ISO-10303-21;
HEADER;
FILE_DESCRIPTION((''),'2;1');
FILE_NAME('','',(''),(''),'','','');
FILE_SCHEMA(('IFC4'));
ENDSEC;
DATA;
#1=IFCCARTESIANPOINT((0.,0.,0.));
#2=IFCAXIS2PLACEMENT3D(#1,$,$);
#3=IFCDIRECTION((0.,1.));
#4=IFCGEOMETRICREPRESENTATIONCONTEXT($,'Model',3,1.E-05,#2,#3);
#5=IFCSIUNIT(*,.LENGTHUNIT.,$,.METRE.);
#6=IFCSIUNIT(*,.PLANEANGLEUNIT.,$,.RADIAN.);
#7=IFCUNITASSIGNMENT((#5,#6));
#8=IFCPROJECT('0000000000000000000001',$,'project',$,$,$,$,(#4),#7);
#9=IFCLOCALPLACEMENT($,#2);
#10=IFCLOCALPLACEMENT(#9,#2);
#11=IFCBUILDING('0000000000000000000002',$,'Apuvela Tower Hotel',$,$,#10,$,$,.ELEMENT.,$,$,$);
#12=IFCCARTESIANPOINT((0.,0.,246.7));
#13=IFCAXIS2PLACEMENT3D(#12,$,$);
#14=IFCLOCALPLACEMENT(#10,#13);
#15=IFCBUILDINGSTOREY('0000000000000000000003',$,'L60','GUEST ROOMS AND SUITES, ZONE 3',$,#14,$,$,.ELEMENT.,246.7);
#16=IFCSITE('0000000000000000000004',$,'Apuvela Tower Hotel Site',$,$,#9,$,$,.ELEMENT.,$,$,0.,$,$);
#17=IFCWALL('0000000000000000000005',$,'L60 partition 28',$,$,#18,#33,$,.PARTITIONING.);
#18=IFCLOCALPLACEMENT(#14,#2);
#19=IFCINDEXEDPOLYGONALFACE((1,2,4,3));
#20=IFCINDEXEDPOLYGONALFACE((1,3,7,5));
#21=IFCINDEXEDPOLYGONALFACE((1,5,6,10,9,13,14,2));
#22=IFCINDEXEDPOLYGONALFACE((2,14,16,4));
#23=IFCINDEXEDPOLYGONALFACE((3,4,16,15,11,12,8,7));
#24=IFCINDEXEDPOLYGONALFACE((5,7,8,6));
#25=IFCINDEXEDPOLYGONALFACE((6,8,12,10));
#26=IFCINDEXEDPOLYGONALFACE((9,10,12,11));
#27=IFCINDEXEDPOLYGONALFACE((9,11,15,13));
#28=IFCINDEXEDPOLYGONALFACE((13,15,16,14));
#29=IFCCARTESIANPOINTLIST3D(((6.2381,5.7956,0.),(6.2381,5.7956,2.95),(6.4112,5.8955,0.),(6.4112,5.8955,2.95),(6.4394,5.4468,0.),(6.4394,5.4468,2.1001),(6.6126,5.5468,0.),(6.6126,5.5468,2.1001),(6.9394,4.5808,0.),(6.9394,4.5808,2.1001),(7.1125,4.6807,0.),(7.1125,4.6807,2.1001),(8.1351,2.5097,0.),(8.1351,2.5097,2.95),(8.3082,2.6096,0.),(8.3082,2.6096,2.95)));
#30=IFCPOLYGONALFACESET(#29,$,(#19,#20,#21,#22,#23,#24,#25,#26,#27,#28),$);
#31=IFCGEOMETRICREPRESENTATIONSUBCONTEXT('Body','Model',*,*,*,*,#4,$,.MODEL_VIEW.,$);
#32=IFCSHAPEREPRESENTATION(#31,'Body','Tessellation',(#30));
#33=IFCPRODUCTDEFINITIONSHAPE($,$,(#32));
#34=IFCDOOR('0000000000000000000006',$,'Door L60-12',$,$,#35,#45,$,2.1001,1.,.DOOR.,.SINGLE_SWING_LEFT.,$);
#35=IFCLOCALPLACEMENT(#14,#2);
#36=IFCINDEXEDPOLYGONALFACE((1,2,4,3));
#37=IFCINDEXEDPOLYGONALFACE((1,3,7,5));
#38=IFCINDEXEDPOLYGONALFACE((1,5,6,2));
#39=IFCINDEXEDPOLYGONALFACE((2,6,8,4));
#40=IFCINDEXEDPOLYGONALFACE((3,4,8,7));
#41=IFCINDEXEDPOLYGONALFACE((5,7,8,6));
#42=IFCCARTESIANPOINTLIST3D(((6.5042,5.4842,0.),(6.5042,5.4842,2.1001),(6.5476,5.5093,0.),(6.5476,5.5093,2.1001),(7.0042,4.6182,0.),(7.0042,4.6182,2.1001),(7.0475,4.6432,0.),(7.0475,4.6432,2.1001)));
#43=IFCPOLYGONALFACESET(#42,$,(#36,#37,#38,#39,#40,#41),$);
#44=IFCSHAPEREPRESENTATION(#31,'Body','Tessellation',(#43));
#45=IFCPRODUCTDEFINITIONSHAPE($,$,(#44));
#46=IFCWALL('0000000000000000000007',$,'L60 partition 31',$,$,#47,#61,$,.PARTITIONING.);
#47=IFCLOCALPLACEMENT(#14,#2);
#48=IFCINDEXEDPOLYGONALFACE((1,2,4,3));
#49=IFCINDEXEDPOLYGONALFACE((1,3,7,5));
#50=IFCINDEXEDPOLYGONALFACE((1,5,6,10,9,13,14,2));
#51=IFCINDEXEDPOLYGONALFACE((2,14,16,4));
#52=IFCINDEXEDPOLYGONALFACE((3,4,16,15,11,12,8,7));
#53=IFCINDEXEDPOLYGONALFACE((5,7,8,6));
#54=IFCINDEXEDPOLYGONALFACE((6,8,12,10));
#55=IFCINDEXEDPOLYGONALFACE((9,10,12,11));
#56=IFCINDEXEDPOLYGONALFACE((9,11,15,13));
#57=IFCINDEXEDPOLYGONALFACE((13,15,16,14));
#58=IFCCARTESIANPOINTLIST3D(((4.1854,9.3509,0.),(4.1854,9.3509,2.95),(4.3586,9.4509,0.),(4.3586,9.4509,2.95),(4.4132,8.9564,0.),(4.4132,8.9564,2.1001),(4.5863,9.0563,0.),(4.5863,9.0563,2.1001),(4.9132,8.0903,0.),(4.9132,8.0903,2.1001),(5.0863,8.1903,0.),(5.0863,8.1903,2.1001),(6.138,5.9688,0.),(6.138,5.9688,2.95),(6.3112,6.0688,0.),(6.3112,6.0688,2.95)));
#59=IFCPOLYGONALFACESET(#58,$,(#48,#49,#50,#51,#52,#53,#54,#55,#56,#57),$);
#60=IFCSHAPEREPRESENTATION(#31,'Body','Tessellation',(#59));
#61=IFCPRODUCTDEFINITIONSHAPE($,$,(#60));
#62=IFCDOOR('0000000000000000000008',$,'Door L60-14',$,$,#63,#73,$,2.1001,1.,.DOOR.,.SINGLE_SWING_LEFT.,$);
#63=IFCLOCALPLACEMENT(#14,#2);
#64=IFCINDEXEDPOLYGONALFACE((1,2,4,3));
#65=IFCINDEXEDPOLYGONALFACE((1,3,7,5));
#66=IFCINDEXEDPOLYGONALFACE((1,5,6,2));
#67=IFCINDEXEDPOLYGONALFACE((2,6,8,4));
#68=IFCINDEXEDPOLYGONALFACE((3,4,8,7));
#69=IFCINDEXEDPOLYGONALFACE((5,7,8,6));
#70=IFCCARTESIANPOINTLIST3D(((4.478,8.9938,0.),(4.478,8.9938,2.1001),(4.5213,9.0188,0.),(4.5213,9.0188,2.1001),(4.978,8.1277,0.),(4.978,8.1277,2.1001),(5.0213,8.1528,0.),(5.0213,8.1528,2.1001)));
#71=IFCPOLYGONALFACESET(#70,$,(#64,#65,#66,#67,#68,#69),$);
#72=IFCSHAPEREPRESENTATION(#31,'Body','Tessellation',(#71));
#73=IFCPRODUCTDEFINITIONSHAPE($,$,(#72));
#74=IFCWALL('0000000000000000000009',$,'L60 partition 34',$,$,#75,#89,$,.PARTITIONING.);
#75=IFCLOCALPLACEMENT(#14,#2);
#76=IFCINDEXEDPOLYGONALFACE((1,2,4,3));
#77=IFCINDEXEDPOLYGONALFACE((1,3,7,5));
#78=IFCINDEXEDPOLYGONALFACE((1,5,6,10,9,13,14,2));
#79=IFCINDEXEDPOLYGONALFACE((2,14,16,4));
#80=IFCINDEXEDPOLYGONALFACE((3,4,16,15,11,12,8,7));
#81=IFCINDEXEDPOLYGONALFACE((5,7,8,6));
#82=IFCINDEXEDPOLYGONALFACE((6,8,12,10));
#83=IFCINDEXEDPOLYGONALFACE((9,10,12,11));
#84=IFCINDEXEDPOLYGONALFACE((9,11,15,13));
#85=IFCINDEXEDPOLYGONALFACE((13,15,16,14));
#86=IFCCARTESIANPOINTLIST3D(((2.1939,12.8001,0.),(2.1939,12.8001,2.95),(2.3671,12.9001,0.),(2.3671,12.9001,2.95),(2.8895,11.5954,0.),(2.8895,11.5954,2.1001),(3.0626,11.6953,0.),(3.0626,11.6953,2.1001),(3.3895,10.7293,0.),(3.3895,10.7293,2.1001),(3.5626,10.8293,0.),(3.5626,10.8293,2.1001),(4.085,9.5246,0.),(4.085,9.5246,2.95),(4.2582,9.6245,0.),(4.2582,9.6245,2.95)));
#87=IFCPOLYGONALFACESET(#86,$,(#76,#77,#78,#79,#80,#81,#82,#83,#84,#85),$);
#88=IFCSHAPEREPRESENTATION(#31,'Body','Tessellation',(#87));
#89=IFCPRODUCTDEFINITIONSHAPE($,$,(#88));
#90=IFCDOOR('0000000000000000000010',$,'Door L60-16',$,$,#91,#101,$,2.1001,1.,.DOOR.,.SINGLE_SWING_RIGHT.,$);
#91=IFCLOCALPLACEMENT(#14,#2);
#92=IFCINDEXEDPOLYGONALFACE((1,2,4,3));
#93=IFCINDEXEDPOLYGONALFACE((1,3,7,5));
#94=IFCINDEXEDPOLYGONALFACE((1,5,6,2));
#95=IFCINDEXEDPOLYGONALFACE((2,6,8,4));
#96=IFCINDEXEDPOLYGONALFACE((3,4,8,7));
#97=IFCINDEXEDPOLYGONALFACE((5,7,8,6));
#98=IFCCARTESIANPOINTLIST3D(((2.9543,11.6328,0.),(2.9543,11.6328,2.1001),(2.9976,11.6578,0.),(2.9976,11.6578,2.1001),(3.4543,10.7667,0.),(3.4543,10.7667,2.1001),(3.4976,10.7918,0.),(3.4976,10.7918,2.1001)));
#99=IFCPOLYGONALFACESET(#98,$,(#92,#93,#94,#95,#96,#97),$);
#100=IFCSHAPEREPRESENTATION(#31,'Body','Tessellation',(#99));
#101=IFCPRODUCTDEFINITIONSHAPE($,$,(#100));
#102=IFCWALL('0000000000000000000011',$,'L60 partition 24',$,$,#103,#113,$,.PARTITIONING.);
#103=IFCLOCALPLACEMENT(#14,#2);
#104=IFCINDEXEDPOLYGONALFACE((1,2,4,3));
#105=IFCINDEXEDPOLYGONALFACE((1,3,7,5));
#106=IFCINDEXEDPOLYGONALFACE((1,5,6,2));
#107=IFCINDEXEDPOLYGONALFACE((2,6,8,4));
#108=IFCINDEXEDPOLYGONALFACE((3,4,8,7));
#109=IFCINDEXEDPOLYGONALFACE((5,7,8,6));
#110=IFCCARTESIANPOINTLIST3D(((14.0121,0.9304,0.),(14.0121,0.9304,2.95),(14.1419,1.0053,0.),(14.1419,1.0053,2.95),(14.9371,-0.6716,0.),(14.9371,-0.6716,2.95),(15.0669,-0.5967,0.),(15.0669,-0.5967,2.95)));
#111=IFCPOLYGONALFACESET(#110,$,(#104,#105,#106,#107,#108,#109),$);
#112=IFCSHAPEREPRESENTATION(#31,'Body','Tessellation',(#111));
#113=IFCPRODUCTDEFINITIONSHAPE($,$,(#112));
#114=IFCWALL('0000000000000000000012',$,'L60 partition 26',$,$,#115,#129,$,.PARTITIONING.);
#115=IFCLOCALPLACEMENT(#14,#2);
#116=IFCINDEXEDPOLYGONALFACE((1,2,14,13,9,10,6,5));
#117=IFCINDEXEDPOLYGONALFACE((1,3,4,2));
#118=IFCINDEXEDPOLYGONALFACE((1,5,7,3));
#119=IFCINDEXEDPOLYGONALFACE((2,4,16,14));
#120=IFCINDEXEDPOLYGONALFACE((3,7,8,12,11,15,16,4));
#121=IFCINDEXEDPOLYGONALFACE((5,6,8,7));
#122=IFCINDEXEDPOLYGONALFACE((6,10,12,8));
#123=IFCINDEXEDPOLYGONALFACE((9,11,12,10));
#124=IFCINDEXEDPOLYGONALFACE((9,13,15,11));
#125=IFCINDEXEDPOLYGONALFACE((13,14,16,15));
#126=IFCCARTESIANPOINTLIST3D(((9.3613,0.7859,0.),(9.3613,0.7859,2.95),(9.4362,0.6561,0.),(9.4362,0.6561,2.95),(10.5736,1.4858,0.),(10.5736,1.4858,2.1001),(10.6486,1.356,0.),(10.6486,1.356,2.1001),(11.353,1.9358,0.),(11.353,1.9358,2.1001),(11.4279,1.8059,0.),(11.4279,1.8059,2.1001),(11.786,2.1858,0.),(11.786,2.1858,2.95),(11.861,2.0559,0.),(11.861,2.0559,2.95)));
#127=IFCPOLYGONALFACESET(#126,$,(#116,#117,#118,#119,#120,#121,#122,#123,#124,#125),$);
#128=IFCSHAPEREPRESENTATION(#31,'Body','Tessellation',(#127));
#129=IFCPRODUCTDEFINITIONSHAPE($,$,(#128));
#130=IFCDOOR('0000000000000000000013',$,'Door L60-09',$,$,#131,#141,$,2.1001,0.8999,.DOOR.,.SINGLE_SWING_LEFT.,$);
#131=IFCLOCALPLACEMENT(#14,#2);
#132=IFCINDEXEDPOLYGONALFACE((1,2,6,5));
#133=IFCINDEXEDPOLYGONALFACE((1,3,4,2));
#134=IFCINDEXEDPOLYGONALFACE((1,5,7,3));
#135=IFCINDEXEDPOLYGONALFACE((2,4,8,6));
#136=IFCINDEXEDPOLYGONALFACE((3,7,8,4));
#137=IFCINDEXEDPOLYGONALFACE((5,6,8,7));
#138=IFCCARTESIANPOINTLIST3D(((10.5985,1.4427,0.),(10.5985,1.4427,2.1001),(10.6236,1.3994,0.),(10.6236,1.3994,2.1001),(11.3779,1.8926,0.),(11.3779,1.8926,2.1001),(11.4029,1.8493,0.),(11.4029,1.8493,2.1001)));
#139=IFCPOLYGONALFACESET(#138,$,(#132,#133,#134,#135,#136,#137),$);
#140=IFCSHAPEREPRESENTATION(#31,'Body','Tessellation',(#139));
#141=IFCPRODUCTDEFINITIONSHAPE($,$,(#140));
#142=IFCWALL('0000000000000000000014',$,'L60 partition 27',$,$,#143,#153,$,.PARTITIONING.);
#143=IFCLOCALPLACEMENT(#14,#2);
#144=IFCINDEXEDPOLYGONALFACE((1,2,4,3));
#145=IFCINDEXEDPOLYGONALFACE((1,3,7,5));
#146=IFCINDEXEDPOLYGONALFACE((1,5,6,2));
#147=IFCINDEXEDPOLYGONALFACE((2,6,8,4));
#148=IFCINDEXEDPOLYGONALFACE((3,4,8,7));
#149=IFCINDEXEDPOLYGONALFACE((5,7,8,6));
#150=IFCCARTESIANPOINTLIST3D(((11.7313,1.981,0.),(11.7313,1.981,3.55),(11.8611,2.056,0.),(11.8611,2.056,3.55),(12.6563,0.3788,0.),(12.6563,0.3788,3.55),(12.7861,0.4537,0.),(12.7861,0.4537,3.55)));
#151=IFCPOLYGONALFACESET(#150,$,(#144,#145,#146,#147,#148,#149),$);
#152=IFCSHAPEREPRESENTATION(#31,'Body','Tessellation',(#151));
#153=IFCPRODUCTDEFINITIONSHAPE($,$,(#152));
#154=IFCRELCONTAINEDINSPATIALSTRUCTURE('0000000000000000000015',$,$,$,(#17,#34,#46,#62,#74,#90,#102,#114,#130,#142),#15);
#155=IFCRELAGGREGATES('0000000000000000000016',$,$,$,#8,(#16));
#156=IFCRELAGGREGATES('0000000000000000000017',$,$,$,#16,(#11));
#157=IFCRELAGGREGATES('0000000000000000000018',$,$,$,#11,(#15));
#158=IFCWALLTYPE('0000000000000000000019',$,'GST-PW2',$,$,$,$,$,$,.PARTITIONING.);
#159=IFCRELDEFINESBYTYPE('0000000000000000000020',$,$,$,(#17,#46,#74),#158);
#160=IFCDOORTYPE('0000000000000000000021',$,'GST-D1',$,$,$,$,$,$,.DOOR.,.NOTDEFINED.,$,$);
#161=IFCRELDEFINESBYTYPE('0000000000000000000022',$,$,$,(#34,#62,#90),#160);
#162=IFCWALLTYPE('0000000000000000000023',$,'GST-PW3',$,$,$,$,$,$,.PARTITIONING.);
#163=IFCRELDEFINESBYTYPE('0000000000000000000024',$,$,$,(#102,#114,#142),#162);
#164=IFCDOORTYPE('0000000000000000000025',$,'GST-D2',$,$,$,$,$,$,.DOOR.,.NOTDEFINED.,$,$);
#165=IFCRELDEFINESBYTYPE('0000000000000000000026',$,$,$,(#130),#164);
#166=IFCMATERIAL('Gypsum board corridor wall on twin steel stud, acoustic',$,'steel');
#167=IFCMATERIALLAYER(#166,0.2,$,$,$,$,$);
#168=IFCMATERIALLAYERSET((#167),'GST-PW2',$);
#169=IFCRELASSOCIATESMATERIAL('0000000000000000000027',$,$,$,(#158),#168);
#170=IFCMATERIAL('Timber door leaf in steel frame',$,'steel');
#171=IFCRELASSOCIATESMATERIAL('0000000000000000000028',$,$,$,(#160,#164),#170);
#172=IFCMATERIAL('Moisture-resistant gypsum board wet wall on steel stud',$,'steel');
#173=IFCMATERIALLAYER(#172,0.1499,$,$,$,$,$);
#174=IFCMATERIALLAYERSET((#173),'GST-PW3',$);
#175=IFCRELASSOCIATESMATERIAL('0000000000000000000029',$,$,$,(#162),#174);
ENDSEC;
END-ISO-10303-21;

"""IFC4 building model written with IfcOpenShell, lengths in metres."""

from ifc_helpers import new_model, si_unit, direction, frame, frame_2d, origin, place, context, subcontext, project, spatial, rectangle, extrude, material, layer, layer_set, type_object, element, fill, save


model = new_model("IFC4")

# Units and contexts
model_context = context("Model", 3, precision=1e-05, world=origin(), true_north=direction((0.0, 1.0)))
body_context = subcontext(model_context, "Body", "Model", "MODEL_VIEW")
ifc_project = project(units=[si_unit("LENGTHUNIT", "METRE"), si_unit("PLANEANGLEUNIT", "RADIAN")], contexts=[model_context])

# Site, building, storey
site_placement = place(None, origin())
site = spatial("IfcSite", under=ifc_project, at=site_placement, Name="Apuvela Tower Hotel Site", CompositionType="ELEMENT", RefElevation=0.0)
building_placement = place(site_placement, origin())
building = spatial("IfcBuilding", under=site, at=building_placement, Name="Apuvela Tower Hotel", CompositionType="ELEMENT")
storey_placement = place(building_placement, frame((0.0, 0.0, 246.7)))
storey = spatial("IfcBuildingStorey", under=building, at=storey_placement, Name="L60", Description="GUEST ROOMS AND SUITES, ZONE 3", CompositionType="ELEMENT", Elevation=246.7)

# Walls, openings, doors
ifc_material_1 = material(Name="Gypsum board corridor wall on twin steel stud, acoustic", Category="steel")
ifc_layer_1 = layer(ifc_material_1, 0.2)
ifc_layer_set_1 = layer_set([ifc_layer_1], Name="GST-PW2")
wall_type_1 = type_object("IfcWallType", Name="GST-PW2", PredefinedType="PARTITIONING", material=ifc_layer_set_1)
ifc_material_2 = material(Name="Timber door leaf in steel frame", Category="steel")
door_type_1 = type_object("IfcDoorType", Name="GST-D1", OperationType="NOTDEFINED", PredefinedType="DOOR", material=ifc_material_2)
wall_1_placement = place(storey_placement, frame((6.3247, 5.8455, 0.0), z_axis=(0.0, 0.0, 1.0), x_axis=(0.499973, -0.866041, 0.0)))
wall_1 = element("IfcWall", 1, at=wall_1_placement, inside=storey, type_object=wall_type_1, Name="L60 partition 28", PredefinedType="PARTITIONING", context=body_context, shape_type="SweptSolid", body=[
    extrude(rectangle(XDim=3.7942, YDim=0.2, at=frame_2d((1.897, 0.0))), origin(), (0.0, 0.0, 1.0), 2.95),
])
opening_1_placement = place(wall_1_placement, frame((0.4026, 0.0, 0.0)))
opening_1 = element("IfcOpeningElement", 2, at=opening_1_placement, cuts=wall_1, PredefinedType="OPENING", context=body_context, shape_type="SweptSolid", body=[
    extrude(rectangle(XDim=1.0, YDim=2.1001, at=frame_2d((0.5, 1.05))), frame((0.0, 0.1099, 0.0), z_axis=(0.0, -1.0, 0.0), x_axis=(1.0, 0.0, 0.0)), (0.0, 0.0, 1.0), 0.22),
])
door_1_placement = place(opening_1_placement, origin())
door_1 = element("IfcDoor", 3, at=door_1_placement, inside=storey, type_object=door_type_1, Name="Door L60-12", OperationType="SINGLE_SWING_LEFT", OverallHeight=2.1001, OverallWidth=1.0, PredefinedType="DOOR", context=body_context, shape_type="SweptSolid", body=[
    extrude(rectangle(XDim=1.0, YDim=2.1001, at=frame_2d((0.5, 1.05))), frame((0.0, 0.0249, 0.0), z_axis=(0.0, -1.0, 0.0), x_axis=(1.0, 0.0, 0.0)), (0.0, 0.0, 1.0), 0.05),
])
fill(opening_1, door_1)
wall_2_placement = place(storey_placement, frame((4.272, 9.4009, 0.0), z_axis=(0.0, 0.0, 1.0), x_axis=(0.499998, -0.866026, 0.0)))
wall_2 = element("IfcWall", 4, at=wall_2_placement, inside=storey, type_object=wall_type_1, Name="L60 partition 31", PredefinedType="PARTITIONING", context=body_context, shape_type="SweptSolid", body=[
    extrude(rectangle(XDim=3.9053, YDim=0.2, at=frame_2d((1.9526, 0.0))), origin(), (0.0, 0.0, 1.0), 2.95),
])
opening_2_placement = place(wall_2_placement, frame((0.4556, 0.0, 0.0)))
opening_2 = element("IfcOpeningElement", 5, at=opening_2_placement, cuts=wall_2, PredefinedType="OPENING", context=body_context, shape_type="SweptSolid", body=[
    extrude(rectangle(XDim=1.0, YDim=2.1001, at=frame_2d((0.5, 1.05))), frame((0.0, 0.1099, 0.0), z_axis=(0.0, -1.0, 0.0), x_axis=(1.0, 0.0, 0.0)), (0.0, 0.0, 1.0), 0.22),
])
door_2_placement = place(opening_2_placement, origin())
door_2 = element("IfcDoor", 6, at=door_2_placement, inside=storey, type_object=door_type_1, Name="Door L60-14", OperationType="SINGLE_SWING_LEFT", OverallHeight=2.1001, OverallWidth=1.0, PredefinedType="DOOR", context=body_context, shape_type="SweptSolid", body=[
    extrude(rectangle(XDim=1.0, YDim=2.1001, at=frame_2d((0.5, 1.05))), frame((0.0, 0.0249, 0.0), z_axis=(0.0, -1.0, 0.0), x_axis=(1.0, 0.0, 0.0)), (0.0, 0.0, 1.0), 0.05),
])
fill(opening_2, door_2)
wall_3_placement = place(storey_placement, frame((2.2805, 12.8501, 0.0), z_axis=(0.0, 0.0, 1.0), x_axis=(0.499985, -0.866034, 0.0)))
wall_3 = element("IfcWall", 7, at=wall_3_placement, inside=storey, type_object=wall_type_1, Name="L60 partition 34", PredefinedType="PARTITIONING", context=body_context, shape_type="SweptSolid", body=[
    extrude(rectangle(XDim=3.7822, YDim=0.2, at=frame_2d((1.8911, 0.0))), origin(), (0.0, 0.0, 1.0), 2.95),
])
opening_3_placement = place(wall_3_placement, frame((1.3911, 0.0, 0.0)))
opening_3 = element("IfcOpeningElement", 8, at=opening_3_placement, cuts=wall_3, PredefinedType="OPENING", context=body_context, shape_type="SweptSolid", body=[
    extrude(rectangle(XDim=1.0, YDim=2.1001, at=frame_2d((0.5, 1.05))), frame((0.0, 0.1099, 0.0), z_axis=(0.0, -1.0, 0.0), x_axis=(1.0, 0.0, 0.0)), (0.0, 0.0, 1.0), 0.22),
])
door_3_placement = place(opening_3_placement, origin())
door_3 = element("IfcDoor", 9, at=door_3_placement, inside=storey, type_object=door_type_1, Name="Door L60-16", OperationType="SINGLE_SWING_RIGHT", OverallHeight=2.1001, OverallWidth=1.0, PredefinedType="DOOR", context=body_context, shape_type="SweptSolid", body=[
    extrude(rectangle(XDim=1.0, YDim=2.1001, at=frame_2d((0.5, 1.05))), frame((0.0, 0.0249, 0.0), z_axis=(0.0, -1.0, 0.0), x_axis=(1.0, 0.0, 0.0)), (0.0, 0.0, 1.0), 0.05),
])
fill(opening_3, door_3)

# Wall
ifc_material_3 = material(Name="Moisture-resistant gypsum board wet wall on steel stud", Category="steel")
ifc_layer_2 = layer(ifc_material_3, 0.1499)
ifc_layer_set_2 = layer_set([ifc_layer_2], Name="GST-PW3")
wall_type_2 = type_object("IfcWallType", Name="GST-PW3", PredefinedType="PARTITIONING", material=ifc_layer_set_2)
wall_4_placement = place(storey_placement, frame((15.002, -0.634, 0.0), z_axis=(0.0, 0.0, 1.0), x_axis=(-0.500042, 0.866001, 0.0)))
element("IfcWall", 10, at=wall_4_placement, inside=storey, type_object=wall_type_2, Name="L60 partition 24", PredefinedType="PARTITIONING", context=body_context, shape_type="SweptSolid", body=[
    extrude(rectangle(XDim=1.8499, YDim=0.1499, at=frame_2d((0.9248, 0.0))), origin(), (0.0, 0.0, 1.0), 2.95),
])

# Wall, opening, door
wall_5_placement = place(storey_placement, frame((11.8235, 2.1208, 0.0), z_axis=(0.0, 0.0, 1.0), x_axis=(-0.866035, -0.499984, 0.0)))
wall_5 = element("IfcWall", 11, at=wall_5_placement, inside=storey, type_object=wall_type_2, Name="L60 partition 26", PredefinedType="PARTITIONING", context=body_context, shape_type="SweptSolid", body=[
    extrude(rectangle(XDim=2.7998, YDim=0.1499, at=frame_2d((1.3999, 0.0))), origin(), (0.0, 0.0, 1.0), 2.95),
])
opening_4_placement = place(wall_5_placement, frame((0.5, 0.0, 0.0)))
opening_4 = element("IfcOpeningElement", 12, at=opening_4_placement, cuts=wall_5, PredefinedType="OPENING", context=body_context, shape_type="SweptSolid", body=[
    extrude(rectangle(XDim=0.8999, YDim=2.1001, at=frame_2d((0.45, 1.05))), frame((0.0, 0.085, 0.0), z_axis=(0.0, -1.0, 0.0), x_axis=(1.0, 0.0, 0.0)), (0.0, 0.0, 1.0), 0.1699),
])
door_type_2 = type_object("IfcDoorType", Name="GST-D2", OperationType="NOTDEFINED", PredefinedType="DOOR", material=ifc_material_2)
door_4_placement = place(opening_4_placement, origin())
door_4 = element("IfcDoor", 13, at=door_4_placement, inside=storey, type_object=door_type_2, Name="Door L60-09", OperationType="SINGLE_SWING_LEFT", OverallHeight=2.1001, OverallWidth=0.8999, PredefinedType="DOOR", context=body_context, shape_type="SweptSolid", body=[
    extrude(rectangle(XDim=0.8999, YDim=2.1001, at=frame_2d((0.45, 1.05))), frame((0.0, 0.0249, 0.0), z_axis=(0.0, -1.0, 0.0), x_axis=(1.0, 0.0, 0.0)), (0.0, 0.0, 1.0), 0.05),
])
fill(opening_4, door_4)

# Wall
wall_6_placement = place(storey_placement, frame((12.7212, 0.4163, 0.0), z_axis=(0.0, 0.0, 1.0), x_axis=(-0.499985, 0.866034, 0.0)))
element("IfcWall", 14, at=wall_6_placement, inside=storey, type_object=wall_type_2, Name="L60 partition 27", PredefinedType="PARTITIONING", context=body_context, shape_type="SweptSolid", body=[
    extrude(rectangle(XDim=1.8501, YDim=0.1499, at=frame_2d((0.925, 0.0))), origin(), (0.0, 0.0, 1.0), 3.55),
])

save(model, "model.ifc")
